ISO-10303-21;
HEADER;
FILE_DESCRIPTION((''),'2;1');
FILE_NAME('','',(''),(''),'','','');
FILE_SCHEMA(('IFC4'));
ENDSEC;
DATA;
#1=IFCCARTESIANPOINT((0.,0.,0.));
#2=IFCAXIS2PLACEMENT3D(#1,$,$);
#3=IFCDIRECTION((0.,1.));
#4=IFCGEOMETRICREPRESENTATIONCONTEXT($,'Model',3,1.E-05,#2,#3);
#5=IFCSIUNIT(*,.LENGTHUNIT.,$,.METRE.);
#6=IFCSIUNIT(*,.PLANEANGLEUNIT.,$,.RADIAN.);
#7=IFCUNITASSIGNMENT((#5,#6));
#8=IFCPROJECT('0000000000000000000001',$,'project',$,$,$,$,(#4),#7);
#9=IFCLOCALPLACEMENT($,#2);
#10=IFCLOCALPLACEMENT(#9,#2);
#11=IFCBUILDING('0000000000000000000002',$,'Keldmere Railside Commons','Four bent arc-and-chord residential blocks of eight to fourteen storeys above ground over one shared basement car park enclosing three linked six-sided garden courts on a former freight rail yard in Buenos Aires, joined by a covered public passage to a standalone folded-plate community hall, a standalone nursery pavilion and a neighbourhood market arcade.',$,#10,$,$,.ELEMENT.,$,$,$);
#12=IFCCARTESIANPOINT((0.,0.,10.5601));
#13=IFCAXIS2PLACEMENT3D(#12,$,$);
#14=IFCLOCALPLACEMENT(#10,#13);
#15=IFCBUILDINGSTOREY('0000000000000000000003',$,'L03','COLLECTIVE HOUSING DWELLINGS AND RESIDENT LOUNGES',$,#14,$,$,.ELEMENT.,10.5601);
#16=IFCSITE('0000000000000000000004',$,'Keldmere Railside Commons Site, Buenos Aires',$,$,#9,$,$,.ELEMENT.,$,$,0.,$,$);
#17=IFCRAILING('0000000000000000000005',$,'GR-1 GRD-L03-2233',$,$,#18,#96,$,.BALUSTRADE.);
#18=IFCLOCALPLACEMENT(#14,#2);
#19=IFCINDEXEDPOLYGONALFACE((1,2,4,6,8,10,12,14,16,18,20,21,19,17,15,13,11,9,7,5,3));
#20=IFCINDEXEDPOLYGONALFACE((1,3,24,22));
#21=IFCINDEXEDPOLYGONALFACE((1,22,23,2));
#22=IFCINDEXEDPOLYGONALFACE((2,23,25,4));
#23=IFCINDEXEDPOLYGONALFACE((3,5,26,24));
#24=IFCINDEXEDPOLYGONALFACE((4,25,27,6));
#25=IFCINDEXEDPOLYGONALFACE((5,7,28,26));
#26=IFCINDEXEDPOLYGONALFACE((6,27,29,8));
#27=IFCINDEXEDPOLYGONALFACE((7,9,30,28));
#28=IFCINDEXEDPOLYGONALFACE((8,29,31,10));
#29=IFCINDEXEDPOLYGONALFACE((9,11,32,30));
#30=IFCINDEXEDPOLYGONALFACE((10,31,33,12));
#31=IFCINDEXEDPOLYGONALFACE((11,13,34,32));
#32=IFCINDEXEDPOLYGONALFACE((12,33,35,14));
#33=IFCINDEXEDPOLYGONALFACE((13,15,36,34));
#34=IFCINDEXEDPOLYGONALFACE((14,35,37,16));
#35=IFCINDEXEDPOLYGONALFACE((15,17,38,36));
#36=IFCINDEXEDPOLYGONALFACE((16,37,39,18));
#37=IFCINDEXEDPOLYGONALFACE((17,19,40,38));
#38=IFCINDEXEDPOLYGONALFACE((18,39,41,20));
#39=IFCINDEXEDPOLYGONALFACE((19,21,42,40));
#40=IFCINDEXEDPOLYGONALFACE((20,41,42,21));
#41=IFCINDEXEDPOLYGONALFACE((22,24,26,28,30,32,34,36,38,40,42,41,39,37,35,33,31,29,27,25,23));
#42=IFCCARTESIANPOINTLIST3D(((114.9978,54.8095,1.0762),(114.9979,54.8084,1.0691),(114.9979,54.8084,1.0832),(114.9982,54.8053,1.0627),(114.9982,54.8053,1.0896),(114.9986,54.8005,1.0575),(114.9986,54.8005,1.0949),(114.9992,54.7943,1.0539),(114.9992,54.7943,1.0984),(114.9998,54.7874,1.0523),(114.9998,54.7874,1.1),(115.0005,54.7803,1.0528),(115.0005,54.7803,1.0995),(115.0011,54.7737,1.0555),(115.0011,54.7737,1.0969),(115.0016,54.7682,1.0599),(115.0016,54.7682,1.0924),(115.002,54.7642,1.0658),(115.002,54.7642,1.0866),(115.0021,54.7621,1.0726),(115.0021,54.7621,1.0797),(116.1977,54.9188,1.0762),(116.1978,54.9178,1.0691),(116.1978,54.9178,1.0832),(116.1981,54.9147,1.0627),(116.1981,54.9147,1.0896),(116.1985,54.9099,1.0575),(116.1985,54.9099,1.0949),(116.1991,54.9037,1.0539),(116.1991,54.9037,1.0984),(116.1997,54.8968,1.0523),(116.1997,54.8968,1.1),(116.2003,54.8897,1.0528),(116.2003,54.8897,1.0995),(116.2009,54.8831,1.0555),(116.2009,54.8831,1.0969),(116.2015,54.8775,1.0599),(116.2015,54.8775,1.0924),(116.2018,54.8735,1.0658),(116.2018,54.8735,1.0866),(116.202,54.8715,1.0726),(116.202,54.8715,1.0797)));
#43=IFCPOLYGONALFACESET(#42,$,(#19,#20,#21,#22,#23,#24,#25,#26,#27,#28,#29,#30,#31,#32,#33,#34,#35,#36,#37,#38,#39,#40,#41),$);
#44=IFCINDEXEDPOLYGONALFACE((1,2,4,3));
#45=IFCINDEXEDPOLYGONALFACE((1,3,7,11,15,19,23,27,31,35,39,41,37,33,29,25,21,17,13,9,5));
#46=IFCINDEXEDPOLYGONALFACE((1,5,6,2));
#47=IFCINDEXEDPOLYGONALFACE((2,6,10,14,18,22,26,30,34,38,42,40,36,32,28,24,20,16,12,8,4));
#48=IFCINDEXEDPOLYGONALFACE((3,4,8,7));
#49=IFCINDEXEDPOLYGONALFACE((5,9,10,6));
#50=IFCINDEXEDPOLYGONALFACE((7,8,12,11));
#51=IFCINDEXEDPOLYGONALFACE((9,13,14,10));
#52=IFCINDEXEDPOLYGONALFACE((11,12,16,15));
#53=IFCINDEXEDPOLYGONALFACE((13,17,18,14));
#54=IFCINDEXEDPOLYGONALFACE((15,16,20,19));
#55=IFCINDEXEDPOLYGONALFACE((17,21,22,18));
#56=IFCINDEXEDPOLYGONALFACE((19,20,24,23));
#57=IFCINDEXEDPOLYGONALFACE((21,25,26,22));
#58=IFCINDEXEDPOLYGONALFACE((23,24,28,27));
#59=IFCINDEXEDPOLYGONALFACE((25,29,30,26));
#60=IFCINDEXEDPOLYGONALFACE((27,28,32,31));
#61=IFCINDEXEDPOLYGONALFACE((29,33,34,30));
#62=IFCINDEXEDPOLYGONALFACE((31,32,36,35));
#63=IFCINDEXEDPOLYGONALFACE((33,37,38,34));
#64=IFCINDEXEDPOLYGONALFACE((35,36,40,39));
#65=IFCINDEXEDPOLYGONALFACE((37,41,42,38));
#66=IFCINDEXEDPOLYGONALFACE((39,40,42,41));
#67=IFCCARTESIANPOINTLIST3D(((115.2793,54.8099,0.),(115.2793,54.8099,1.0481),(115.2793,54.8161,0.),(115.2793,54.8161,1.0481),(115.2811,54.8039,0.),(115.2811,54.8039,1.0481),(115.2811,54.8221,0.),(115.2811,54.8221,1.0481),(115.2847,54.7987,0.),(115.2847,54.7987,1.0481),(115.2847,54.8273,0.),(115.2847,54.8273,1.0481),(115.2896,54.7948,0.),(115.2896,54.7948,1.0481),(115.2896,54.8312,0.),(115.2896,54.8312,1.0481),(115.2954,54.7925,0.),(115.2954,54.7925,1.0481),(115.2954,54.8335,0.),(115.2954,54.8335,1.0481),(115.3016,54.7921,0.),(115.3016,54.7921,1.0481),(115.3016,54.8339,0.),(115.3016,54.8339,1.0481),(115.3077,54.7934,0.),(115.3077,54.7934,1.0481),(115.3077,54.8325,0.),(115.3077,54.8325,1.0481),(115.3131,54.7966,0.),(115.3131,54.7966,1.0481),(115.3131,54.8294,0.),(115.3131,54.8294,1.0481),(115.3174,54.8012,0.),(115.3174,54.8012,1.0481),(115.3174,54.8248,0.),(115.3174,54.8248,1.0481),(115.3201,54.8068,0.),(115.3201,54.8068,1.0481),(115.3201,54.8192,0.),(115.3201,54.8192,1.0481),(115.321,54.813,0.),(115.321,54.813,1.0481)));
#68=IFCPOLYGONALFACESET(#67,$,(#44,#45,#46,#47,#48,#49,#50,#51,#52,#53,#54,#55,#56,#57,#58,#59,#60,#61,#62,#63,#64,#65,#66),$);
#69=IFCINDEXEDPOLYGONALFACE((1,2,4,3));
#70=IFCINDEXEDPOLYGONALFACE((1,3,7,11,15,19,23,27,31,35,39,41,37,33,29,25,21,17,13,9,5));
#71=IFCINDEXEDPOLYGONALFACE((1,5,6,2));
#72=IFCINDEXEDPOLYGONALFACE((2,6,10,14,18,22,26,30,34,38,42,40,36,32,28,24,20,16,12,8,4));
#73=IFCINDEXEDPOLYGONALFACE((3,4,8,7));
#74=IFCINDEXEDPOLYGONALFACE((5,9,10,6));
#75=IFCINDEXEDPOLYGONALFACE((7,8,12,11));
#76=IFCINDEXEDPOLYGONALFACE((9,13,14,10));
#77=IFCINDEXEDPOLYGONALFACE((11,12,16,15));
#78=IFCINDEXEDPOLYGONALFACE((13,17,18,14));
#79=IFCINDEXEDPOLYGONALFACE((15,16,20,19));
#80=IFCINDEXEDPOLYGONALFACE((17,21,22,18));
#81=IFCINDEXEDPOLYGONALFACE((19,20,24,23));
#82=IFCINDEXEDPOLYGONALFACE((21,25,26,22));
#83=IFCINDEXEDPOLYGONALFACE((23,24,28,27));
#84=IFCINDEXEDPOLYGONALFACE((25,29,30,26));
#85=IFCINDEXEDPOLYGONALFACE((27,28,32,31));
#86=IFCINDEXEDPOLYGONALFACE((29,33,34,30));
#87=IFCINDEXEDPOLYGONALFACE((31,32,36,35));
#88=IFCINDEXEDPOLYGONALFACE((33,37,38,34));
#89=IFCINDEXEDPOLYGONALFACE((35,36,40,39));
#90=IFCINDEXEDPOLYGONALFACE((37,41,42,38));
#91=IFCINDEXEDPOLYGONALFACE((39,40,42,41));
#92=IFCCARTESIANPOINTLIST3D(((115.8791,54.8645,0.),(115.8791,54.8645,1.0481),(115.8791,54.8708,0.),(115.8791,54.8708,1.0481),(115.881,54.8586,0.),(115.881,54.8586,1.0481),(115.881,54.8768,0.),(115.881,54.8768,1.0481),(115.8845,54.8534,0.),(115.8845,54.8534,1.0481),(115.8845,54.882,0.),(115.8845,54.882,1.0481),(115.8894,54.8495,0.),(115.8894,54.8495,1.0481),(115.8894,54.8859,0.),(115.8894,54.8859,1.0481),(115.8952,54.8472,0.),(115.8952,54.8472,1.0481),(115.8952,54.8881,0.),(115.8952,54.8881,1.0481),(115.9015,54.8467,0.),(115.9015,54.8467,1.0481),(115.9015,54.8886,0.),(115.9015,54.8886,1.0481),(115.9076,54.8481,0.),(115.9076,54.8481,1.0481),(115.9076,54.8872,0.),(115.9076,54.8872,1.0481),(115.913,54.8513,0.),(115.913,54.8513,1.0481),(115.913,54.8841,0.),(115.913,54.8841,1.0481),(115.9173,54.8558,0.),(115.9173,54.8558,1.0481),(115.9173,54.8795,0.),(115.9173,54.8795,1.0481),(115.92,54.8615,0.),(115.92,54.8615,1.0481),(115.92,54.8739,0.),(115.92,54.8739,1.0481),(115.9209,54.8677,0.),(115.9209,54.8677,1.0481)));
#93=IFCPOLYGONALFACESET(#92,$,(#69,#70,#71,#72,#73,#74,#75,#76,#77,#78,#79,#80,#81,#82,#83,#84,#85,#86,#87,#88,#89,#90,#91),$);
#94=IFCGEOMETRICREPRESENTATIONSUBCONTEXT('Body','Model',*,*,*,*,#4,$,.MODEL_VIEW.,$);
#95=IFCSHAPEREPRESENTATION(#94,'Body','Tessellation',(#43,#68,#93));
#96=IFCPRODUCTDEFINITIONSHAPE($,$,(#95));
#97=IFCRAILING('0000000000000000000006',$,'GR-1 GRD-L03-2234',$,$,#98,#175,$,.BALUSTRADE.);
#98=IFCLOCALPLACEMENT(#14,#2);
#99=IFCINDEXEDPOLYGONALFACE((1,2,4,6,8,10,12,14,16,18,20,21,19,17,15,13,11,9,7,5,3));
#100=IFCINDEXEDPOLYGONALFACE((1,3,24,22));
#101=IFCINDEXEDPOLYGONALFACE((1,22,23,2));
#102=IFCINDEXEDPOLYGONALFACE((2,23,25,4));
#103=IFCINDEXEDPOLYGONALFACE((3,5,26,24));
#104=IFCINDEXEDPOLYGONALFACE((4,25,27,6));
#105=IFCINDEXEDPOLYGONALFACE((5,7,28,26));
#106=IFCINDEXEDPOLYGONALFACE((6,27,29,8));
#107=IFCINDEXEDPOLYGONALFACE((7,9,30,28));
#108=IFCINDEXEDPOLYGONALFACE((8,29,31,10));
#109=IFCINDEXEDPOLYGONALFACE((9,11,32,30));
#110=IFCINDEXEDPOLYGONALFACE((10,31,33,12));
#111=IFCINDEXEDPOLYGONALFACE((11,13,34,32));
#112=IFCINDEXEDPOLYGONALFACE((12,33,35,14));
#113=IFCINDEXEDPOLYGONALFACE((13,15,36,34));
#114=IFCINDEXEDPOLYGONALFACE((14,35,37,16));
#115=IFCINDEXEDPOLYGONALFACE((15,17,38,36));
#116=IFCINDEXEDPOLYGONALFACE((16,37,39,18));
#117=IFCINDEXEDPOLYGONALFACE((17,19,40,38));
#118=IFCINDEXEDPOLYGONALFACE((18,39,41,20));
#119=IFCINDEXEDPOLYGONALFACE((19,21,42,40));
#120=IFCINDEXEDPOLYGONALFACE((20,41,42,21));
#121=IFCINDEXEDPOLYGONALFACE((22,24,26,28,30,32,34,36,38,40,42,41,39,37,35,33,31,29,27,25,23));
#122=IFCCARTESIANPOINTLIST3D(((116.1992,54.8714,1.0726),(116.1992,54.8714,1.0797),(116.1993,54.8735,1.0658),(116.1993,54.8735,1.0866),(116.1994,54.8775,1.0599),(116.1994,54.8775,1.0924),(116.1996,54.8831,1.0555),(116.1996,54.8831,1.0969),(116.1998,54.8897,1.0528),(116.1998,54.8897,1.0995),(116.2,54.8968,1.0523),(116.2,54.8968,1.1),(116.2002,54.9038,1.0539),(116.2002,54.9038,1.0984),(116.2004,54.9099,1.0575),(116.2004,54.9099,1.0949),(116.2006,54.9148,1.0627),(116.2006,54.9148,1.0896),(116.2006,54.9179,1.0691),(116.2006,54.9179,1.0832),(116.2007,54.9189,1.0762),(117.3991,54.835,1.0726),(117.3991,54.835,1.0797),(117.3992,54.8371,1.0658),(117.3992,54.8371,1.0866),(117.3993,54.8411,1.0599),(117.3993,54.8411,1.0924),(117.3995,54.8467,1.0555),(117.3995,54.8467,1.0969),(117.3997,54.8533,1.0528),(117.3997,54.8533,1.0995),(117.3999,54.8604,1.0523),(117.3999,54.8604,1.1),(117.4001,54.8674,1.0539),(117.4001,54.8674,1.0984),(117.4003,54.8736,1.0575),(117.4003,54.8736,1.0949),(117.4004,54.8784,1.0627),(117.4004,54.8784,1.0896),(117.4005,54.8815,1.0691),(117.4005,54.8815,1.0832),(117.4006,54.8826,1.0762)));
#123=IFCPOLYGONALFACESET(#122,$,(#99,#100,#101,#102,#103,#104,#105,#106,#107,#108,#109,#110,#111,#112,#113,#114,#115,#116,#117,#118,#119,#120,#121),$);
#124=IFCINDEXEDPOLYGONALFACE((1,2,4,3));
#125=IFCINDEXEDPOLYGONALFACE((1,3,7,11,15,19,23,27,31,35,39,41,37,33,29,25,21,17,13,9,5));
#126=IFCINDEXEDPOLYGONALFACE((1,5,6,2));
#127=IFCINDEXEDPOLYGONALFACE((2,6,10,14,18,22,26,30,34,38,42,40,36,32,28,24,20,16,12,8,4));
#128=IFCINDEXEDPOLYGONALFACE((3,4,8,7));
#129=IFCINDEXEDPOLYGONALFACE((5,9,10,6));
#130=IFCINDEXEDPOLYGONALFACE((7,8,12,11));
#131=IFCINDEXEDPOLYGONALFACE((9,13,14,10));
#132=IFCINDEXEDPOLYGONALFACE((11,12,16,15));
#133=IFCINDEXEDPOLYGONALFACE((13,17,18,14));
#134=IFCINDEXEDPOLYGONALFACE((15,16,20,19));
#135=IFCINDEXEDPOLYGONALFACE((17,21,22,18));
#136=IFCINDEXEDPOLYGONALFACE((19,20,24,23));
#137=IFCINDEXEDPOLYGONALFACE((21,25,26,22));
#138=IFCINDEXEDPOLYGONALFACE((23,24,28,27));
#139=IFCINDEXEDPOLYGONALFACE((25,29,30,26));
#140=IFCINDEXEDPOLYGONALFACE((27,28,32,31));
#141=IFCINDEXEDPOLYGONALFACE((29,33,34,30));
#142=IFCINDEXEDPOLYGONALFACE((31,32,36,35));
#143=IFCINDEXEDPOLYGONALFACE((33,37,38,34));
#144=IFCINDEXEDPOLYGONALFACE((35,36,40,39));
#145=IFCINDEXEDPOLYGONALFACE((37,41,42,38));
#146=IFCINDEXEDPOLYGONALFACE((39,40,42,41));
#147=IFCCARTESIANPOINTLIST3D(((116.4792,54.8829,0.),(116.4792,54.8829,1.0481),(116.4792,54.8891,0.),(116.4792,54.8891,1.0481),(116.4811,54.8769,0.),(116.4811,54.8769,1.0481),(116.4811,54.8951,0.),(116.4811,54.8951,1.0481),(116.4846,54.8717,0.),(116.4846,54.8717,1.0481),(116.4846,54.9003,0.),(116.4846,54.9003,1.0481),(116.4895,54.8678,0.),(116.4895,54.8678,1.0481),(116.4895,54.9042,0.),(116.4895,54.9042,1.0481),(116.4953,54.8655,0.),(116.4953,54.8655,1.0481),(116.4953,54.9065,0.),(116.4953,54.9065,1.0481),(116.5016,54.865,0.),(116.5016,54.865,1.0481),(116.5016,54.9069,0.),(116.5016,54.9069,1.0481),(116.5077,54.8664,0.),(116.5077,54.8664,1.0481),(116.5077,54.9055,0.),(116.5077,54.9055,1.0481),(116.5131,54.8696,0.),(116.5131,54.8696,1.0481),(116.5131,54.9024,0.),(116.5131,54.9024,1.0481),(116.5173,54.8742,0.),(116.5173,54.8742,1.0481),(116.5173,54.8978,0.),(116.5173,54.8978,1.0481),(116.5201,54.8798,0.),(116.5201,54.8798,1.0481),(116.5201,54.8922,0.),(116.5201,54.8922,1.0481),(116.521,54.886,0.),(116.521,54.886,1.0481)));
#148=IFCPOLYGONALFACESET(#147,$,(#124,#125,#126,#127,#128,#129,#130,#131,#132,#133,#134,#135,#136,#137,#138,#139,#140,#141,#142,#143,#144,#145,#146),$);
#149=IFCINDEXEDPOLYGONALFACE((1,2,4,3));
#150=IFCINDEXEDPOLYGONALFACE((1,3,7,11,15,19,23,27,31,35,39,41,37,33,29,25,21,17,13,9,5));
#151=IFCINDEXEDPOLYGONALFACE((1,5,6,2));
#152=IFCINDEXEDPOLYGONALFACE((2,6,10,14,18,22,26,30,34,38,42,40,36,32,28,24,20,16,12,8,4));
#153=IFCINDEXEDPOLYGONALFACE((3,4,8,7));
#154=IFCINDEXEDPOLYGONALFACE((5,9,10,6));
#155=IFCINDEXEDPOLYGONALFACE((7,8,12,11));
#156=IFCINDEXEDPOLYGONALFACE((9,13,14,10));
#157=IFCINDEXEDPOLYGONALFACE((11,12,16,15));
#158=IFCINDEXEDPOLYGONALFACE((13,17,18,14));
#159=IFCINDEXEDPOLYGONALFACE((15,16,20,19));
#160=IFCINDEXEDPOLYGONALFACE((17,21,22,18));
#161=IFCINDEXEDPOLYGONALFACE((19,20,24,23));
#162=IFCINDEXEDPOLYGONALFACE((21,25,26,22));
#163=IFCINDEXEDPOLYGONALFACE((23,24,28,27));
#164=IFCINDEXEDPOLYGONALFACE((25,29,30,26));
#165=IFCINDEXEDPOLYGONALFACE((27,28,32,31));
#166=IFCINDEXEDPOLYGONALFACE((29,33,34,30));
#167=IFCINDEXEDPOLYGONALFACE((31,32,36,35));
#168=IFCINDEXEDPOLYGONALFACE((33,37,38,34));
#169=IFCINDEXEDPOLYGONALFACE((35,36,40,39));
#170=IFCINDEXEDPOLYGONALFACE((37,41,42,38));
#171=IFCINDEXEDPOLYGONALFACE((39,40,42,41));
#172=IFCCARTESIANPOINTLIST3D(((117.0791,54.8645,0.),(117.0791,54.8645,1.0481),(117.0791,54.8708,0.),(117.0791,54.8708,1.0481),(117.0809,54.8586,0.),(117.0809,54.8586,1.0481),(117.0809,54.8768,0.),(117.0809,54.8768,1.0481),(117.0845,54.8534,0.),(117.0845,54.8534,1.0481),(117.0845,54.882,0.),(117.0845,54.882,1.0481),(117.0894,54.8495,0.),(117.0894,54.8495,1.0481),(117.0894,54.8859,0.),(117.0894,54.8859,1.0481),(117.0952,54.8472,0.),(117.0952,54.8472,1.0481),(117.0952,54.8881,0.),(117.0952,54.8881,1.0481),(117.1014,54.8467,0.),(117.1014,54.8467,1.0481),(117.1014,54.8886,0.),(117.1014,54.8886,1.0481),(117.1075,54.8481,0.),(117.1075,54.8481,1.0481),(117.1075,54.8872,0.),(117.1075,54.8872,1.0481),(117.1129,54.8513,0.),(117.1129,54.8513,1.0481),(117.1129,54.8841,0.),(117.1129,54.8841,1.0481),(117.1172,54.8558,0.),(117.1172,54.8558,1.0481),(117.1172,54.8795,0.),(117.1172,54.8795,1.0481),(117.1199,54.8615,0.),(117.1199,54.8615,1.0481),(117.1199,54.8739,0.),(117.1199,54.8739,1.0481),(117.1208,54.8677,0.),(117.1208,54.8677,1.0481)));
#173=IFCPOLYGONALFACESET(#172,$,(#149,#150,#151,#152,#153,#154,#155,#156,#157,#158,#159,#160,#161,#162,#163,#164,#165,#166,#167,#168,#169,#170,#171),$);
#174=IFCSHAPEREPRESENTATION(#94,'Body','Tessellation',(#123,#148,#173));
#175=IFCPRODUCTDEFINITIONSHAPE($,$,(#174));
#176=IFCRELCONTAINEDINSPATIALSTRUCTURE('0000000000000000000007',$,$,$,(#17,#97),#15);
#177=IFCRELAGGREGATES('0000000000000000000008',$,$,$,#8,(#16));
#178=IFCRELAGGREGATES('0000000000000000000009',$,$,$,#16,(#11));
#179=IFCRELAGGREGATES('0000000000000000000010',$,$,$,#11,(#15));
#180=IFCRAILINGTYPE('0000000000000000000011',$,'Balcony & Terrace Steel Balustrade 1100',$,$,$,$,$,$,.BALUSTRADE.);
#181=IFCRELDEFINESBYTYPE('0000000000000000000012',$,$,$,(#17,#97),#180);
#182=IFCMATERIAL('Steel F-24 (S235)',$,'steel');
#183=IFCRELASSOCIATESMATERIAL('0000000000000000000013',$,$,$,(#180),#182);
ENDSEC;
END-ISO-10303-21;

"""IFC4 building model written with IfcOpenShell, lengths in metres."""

from ifc_helpers import new_model, si_unit, direction, frame, origin, origin_2d, place, context, subcontext, project, spatial, circle, extrude, material, type_object, element, save


model = new_model("IFC4")

# Units and contexts
model_context = context("Model", 3, precision=1e-05, world=origin(), true_north=direction((0.0, 1.0)))
body_context = subcontext(model_context, "Body", "Model", "MODEL_VIEW")
ifc_project = project(units=[si_unit("LENGTHUNIT", "METRE"), si_unit("PLANEANGLEUNIT", "RADIAN")], contexts=[model_context])

# Site, building, storey
site_placement = place(None, origin())
site = spatial("IfcSite", under=ifc_project, at=site_placement, Name="Keldmere Railside Commons Site, Buenos Aires", CompositionType="ELEMENT", RefElevation=0.0)
building_placement = place(site_placement, origin())
building = spatial("IfcBuilding", under=site, at=building_placement, Name="Keldmere Railside Commons", Description="Four bent arc-and-chord residential blocks of eight to fourteen storeys above ground over one shared basement car park enclosing three linked six-sided garden courts on a former freight rail yard in Buenos Aires, joined by a covered public passage to a standalone folded-plate community hall, a standalone nursery pavilion and a neighbourhood market arcade.", CompositionType="ELEMENT")
storey_placement = place(building_placement, frame((0.0, 0.0, 10.5601)))
storey = spatial("IfcBuildingStorey", under=building, at=storey_placement, Name="L03", Description="COLLECTIVE HOUSING DWELLINGS AND RESIDENT LOUNGES", CompositionType="ELEMENT", Elevation=10.5601)

# Railings
ifc_material_1 = material(Name="Steel F-24 (S235)", Category="steel")
railing_type = type_object("IfcRailingType", Name="Balcony & Terrace Steel Balustrade 1100", PredefinedType="BALUSTRADE", material=ifc_material_1)
railing_1_placement = place(storey_placement, frame((115.0, 54.7856, 0.0)))
element("IfcRailing", 1, at=railing_1_placement, inside=storey, type_object=railing_type, Name="GR-1 GRD-L03-2233", PredefinedType="BALUSTRADE", context=body_context, shape_type="SweptSolid", body=[
    extrude(circle(Radius=0.0239, at=origin_2d()), frame((0.0, 0.0, 1.0762), z_axis=(0.995872, 0.090773, 0.0), x_axis=(-0.090773, 0.995872, 0.0)), (0.0, 0.0, 1.0), 1.2048),
    extrude(circle(Radius=0.021, at=origin_2d()), frame((0.3, 0.0273, 0.0)), (0.0, 0.0, 1.0), 1.0481),
    extrude(circle(Radius=0.021, at=origin_2d()), frame((0.8999, 0.082, 0.0)), (0.0, 0.0, 1.0), 1.0481),
])
railing_2_placement = place(storey_placement, frame((116.2, 54.895, 0.0)))
element("IfcRailing", 2, at=railing_2_placement, inside=storey, type_object=railing_type, Name="GR-1 GRD-L03-2234", PredefinedType="BALUSTRADE", context=body_context, shape_type="SweptSolid", body=[
    extrude(circle(Radius=0.0239, at=origin_2d()), frame((0.0, 0.0, 1.0762), z_axis=(0.999541, -0.030301, 0.0), x_axis=(0.030301, 0.999541, 0.0)), (0.0, 0.0, 1.0), 1.2004),
    extrude(circle(Radius=0.021, at=origin_2d()), frame((0.3, -0.009, 0.0)), (0.0, 0.0, 1.0), 1.0481),
    extrude(circle(Radius=0.021, at=origin_2d()), frame((0.8999, -0.0273, 0.0)), (0.0, 0.0, 1.0), 1.0481),
])

save(model, "model.ifc")
